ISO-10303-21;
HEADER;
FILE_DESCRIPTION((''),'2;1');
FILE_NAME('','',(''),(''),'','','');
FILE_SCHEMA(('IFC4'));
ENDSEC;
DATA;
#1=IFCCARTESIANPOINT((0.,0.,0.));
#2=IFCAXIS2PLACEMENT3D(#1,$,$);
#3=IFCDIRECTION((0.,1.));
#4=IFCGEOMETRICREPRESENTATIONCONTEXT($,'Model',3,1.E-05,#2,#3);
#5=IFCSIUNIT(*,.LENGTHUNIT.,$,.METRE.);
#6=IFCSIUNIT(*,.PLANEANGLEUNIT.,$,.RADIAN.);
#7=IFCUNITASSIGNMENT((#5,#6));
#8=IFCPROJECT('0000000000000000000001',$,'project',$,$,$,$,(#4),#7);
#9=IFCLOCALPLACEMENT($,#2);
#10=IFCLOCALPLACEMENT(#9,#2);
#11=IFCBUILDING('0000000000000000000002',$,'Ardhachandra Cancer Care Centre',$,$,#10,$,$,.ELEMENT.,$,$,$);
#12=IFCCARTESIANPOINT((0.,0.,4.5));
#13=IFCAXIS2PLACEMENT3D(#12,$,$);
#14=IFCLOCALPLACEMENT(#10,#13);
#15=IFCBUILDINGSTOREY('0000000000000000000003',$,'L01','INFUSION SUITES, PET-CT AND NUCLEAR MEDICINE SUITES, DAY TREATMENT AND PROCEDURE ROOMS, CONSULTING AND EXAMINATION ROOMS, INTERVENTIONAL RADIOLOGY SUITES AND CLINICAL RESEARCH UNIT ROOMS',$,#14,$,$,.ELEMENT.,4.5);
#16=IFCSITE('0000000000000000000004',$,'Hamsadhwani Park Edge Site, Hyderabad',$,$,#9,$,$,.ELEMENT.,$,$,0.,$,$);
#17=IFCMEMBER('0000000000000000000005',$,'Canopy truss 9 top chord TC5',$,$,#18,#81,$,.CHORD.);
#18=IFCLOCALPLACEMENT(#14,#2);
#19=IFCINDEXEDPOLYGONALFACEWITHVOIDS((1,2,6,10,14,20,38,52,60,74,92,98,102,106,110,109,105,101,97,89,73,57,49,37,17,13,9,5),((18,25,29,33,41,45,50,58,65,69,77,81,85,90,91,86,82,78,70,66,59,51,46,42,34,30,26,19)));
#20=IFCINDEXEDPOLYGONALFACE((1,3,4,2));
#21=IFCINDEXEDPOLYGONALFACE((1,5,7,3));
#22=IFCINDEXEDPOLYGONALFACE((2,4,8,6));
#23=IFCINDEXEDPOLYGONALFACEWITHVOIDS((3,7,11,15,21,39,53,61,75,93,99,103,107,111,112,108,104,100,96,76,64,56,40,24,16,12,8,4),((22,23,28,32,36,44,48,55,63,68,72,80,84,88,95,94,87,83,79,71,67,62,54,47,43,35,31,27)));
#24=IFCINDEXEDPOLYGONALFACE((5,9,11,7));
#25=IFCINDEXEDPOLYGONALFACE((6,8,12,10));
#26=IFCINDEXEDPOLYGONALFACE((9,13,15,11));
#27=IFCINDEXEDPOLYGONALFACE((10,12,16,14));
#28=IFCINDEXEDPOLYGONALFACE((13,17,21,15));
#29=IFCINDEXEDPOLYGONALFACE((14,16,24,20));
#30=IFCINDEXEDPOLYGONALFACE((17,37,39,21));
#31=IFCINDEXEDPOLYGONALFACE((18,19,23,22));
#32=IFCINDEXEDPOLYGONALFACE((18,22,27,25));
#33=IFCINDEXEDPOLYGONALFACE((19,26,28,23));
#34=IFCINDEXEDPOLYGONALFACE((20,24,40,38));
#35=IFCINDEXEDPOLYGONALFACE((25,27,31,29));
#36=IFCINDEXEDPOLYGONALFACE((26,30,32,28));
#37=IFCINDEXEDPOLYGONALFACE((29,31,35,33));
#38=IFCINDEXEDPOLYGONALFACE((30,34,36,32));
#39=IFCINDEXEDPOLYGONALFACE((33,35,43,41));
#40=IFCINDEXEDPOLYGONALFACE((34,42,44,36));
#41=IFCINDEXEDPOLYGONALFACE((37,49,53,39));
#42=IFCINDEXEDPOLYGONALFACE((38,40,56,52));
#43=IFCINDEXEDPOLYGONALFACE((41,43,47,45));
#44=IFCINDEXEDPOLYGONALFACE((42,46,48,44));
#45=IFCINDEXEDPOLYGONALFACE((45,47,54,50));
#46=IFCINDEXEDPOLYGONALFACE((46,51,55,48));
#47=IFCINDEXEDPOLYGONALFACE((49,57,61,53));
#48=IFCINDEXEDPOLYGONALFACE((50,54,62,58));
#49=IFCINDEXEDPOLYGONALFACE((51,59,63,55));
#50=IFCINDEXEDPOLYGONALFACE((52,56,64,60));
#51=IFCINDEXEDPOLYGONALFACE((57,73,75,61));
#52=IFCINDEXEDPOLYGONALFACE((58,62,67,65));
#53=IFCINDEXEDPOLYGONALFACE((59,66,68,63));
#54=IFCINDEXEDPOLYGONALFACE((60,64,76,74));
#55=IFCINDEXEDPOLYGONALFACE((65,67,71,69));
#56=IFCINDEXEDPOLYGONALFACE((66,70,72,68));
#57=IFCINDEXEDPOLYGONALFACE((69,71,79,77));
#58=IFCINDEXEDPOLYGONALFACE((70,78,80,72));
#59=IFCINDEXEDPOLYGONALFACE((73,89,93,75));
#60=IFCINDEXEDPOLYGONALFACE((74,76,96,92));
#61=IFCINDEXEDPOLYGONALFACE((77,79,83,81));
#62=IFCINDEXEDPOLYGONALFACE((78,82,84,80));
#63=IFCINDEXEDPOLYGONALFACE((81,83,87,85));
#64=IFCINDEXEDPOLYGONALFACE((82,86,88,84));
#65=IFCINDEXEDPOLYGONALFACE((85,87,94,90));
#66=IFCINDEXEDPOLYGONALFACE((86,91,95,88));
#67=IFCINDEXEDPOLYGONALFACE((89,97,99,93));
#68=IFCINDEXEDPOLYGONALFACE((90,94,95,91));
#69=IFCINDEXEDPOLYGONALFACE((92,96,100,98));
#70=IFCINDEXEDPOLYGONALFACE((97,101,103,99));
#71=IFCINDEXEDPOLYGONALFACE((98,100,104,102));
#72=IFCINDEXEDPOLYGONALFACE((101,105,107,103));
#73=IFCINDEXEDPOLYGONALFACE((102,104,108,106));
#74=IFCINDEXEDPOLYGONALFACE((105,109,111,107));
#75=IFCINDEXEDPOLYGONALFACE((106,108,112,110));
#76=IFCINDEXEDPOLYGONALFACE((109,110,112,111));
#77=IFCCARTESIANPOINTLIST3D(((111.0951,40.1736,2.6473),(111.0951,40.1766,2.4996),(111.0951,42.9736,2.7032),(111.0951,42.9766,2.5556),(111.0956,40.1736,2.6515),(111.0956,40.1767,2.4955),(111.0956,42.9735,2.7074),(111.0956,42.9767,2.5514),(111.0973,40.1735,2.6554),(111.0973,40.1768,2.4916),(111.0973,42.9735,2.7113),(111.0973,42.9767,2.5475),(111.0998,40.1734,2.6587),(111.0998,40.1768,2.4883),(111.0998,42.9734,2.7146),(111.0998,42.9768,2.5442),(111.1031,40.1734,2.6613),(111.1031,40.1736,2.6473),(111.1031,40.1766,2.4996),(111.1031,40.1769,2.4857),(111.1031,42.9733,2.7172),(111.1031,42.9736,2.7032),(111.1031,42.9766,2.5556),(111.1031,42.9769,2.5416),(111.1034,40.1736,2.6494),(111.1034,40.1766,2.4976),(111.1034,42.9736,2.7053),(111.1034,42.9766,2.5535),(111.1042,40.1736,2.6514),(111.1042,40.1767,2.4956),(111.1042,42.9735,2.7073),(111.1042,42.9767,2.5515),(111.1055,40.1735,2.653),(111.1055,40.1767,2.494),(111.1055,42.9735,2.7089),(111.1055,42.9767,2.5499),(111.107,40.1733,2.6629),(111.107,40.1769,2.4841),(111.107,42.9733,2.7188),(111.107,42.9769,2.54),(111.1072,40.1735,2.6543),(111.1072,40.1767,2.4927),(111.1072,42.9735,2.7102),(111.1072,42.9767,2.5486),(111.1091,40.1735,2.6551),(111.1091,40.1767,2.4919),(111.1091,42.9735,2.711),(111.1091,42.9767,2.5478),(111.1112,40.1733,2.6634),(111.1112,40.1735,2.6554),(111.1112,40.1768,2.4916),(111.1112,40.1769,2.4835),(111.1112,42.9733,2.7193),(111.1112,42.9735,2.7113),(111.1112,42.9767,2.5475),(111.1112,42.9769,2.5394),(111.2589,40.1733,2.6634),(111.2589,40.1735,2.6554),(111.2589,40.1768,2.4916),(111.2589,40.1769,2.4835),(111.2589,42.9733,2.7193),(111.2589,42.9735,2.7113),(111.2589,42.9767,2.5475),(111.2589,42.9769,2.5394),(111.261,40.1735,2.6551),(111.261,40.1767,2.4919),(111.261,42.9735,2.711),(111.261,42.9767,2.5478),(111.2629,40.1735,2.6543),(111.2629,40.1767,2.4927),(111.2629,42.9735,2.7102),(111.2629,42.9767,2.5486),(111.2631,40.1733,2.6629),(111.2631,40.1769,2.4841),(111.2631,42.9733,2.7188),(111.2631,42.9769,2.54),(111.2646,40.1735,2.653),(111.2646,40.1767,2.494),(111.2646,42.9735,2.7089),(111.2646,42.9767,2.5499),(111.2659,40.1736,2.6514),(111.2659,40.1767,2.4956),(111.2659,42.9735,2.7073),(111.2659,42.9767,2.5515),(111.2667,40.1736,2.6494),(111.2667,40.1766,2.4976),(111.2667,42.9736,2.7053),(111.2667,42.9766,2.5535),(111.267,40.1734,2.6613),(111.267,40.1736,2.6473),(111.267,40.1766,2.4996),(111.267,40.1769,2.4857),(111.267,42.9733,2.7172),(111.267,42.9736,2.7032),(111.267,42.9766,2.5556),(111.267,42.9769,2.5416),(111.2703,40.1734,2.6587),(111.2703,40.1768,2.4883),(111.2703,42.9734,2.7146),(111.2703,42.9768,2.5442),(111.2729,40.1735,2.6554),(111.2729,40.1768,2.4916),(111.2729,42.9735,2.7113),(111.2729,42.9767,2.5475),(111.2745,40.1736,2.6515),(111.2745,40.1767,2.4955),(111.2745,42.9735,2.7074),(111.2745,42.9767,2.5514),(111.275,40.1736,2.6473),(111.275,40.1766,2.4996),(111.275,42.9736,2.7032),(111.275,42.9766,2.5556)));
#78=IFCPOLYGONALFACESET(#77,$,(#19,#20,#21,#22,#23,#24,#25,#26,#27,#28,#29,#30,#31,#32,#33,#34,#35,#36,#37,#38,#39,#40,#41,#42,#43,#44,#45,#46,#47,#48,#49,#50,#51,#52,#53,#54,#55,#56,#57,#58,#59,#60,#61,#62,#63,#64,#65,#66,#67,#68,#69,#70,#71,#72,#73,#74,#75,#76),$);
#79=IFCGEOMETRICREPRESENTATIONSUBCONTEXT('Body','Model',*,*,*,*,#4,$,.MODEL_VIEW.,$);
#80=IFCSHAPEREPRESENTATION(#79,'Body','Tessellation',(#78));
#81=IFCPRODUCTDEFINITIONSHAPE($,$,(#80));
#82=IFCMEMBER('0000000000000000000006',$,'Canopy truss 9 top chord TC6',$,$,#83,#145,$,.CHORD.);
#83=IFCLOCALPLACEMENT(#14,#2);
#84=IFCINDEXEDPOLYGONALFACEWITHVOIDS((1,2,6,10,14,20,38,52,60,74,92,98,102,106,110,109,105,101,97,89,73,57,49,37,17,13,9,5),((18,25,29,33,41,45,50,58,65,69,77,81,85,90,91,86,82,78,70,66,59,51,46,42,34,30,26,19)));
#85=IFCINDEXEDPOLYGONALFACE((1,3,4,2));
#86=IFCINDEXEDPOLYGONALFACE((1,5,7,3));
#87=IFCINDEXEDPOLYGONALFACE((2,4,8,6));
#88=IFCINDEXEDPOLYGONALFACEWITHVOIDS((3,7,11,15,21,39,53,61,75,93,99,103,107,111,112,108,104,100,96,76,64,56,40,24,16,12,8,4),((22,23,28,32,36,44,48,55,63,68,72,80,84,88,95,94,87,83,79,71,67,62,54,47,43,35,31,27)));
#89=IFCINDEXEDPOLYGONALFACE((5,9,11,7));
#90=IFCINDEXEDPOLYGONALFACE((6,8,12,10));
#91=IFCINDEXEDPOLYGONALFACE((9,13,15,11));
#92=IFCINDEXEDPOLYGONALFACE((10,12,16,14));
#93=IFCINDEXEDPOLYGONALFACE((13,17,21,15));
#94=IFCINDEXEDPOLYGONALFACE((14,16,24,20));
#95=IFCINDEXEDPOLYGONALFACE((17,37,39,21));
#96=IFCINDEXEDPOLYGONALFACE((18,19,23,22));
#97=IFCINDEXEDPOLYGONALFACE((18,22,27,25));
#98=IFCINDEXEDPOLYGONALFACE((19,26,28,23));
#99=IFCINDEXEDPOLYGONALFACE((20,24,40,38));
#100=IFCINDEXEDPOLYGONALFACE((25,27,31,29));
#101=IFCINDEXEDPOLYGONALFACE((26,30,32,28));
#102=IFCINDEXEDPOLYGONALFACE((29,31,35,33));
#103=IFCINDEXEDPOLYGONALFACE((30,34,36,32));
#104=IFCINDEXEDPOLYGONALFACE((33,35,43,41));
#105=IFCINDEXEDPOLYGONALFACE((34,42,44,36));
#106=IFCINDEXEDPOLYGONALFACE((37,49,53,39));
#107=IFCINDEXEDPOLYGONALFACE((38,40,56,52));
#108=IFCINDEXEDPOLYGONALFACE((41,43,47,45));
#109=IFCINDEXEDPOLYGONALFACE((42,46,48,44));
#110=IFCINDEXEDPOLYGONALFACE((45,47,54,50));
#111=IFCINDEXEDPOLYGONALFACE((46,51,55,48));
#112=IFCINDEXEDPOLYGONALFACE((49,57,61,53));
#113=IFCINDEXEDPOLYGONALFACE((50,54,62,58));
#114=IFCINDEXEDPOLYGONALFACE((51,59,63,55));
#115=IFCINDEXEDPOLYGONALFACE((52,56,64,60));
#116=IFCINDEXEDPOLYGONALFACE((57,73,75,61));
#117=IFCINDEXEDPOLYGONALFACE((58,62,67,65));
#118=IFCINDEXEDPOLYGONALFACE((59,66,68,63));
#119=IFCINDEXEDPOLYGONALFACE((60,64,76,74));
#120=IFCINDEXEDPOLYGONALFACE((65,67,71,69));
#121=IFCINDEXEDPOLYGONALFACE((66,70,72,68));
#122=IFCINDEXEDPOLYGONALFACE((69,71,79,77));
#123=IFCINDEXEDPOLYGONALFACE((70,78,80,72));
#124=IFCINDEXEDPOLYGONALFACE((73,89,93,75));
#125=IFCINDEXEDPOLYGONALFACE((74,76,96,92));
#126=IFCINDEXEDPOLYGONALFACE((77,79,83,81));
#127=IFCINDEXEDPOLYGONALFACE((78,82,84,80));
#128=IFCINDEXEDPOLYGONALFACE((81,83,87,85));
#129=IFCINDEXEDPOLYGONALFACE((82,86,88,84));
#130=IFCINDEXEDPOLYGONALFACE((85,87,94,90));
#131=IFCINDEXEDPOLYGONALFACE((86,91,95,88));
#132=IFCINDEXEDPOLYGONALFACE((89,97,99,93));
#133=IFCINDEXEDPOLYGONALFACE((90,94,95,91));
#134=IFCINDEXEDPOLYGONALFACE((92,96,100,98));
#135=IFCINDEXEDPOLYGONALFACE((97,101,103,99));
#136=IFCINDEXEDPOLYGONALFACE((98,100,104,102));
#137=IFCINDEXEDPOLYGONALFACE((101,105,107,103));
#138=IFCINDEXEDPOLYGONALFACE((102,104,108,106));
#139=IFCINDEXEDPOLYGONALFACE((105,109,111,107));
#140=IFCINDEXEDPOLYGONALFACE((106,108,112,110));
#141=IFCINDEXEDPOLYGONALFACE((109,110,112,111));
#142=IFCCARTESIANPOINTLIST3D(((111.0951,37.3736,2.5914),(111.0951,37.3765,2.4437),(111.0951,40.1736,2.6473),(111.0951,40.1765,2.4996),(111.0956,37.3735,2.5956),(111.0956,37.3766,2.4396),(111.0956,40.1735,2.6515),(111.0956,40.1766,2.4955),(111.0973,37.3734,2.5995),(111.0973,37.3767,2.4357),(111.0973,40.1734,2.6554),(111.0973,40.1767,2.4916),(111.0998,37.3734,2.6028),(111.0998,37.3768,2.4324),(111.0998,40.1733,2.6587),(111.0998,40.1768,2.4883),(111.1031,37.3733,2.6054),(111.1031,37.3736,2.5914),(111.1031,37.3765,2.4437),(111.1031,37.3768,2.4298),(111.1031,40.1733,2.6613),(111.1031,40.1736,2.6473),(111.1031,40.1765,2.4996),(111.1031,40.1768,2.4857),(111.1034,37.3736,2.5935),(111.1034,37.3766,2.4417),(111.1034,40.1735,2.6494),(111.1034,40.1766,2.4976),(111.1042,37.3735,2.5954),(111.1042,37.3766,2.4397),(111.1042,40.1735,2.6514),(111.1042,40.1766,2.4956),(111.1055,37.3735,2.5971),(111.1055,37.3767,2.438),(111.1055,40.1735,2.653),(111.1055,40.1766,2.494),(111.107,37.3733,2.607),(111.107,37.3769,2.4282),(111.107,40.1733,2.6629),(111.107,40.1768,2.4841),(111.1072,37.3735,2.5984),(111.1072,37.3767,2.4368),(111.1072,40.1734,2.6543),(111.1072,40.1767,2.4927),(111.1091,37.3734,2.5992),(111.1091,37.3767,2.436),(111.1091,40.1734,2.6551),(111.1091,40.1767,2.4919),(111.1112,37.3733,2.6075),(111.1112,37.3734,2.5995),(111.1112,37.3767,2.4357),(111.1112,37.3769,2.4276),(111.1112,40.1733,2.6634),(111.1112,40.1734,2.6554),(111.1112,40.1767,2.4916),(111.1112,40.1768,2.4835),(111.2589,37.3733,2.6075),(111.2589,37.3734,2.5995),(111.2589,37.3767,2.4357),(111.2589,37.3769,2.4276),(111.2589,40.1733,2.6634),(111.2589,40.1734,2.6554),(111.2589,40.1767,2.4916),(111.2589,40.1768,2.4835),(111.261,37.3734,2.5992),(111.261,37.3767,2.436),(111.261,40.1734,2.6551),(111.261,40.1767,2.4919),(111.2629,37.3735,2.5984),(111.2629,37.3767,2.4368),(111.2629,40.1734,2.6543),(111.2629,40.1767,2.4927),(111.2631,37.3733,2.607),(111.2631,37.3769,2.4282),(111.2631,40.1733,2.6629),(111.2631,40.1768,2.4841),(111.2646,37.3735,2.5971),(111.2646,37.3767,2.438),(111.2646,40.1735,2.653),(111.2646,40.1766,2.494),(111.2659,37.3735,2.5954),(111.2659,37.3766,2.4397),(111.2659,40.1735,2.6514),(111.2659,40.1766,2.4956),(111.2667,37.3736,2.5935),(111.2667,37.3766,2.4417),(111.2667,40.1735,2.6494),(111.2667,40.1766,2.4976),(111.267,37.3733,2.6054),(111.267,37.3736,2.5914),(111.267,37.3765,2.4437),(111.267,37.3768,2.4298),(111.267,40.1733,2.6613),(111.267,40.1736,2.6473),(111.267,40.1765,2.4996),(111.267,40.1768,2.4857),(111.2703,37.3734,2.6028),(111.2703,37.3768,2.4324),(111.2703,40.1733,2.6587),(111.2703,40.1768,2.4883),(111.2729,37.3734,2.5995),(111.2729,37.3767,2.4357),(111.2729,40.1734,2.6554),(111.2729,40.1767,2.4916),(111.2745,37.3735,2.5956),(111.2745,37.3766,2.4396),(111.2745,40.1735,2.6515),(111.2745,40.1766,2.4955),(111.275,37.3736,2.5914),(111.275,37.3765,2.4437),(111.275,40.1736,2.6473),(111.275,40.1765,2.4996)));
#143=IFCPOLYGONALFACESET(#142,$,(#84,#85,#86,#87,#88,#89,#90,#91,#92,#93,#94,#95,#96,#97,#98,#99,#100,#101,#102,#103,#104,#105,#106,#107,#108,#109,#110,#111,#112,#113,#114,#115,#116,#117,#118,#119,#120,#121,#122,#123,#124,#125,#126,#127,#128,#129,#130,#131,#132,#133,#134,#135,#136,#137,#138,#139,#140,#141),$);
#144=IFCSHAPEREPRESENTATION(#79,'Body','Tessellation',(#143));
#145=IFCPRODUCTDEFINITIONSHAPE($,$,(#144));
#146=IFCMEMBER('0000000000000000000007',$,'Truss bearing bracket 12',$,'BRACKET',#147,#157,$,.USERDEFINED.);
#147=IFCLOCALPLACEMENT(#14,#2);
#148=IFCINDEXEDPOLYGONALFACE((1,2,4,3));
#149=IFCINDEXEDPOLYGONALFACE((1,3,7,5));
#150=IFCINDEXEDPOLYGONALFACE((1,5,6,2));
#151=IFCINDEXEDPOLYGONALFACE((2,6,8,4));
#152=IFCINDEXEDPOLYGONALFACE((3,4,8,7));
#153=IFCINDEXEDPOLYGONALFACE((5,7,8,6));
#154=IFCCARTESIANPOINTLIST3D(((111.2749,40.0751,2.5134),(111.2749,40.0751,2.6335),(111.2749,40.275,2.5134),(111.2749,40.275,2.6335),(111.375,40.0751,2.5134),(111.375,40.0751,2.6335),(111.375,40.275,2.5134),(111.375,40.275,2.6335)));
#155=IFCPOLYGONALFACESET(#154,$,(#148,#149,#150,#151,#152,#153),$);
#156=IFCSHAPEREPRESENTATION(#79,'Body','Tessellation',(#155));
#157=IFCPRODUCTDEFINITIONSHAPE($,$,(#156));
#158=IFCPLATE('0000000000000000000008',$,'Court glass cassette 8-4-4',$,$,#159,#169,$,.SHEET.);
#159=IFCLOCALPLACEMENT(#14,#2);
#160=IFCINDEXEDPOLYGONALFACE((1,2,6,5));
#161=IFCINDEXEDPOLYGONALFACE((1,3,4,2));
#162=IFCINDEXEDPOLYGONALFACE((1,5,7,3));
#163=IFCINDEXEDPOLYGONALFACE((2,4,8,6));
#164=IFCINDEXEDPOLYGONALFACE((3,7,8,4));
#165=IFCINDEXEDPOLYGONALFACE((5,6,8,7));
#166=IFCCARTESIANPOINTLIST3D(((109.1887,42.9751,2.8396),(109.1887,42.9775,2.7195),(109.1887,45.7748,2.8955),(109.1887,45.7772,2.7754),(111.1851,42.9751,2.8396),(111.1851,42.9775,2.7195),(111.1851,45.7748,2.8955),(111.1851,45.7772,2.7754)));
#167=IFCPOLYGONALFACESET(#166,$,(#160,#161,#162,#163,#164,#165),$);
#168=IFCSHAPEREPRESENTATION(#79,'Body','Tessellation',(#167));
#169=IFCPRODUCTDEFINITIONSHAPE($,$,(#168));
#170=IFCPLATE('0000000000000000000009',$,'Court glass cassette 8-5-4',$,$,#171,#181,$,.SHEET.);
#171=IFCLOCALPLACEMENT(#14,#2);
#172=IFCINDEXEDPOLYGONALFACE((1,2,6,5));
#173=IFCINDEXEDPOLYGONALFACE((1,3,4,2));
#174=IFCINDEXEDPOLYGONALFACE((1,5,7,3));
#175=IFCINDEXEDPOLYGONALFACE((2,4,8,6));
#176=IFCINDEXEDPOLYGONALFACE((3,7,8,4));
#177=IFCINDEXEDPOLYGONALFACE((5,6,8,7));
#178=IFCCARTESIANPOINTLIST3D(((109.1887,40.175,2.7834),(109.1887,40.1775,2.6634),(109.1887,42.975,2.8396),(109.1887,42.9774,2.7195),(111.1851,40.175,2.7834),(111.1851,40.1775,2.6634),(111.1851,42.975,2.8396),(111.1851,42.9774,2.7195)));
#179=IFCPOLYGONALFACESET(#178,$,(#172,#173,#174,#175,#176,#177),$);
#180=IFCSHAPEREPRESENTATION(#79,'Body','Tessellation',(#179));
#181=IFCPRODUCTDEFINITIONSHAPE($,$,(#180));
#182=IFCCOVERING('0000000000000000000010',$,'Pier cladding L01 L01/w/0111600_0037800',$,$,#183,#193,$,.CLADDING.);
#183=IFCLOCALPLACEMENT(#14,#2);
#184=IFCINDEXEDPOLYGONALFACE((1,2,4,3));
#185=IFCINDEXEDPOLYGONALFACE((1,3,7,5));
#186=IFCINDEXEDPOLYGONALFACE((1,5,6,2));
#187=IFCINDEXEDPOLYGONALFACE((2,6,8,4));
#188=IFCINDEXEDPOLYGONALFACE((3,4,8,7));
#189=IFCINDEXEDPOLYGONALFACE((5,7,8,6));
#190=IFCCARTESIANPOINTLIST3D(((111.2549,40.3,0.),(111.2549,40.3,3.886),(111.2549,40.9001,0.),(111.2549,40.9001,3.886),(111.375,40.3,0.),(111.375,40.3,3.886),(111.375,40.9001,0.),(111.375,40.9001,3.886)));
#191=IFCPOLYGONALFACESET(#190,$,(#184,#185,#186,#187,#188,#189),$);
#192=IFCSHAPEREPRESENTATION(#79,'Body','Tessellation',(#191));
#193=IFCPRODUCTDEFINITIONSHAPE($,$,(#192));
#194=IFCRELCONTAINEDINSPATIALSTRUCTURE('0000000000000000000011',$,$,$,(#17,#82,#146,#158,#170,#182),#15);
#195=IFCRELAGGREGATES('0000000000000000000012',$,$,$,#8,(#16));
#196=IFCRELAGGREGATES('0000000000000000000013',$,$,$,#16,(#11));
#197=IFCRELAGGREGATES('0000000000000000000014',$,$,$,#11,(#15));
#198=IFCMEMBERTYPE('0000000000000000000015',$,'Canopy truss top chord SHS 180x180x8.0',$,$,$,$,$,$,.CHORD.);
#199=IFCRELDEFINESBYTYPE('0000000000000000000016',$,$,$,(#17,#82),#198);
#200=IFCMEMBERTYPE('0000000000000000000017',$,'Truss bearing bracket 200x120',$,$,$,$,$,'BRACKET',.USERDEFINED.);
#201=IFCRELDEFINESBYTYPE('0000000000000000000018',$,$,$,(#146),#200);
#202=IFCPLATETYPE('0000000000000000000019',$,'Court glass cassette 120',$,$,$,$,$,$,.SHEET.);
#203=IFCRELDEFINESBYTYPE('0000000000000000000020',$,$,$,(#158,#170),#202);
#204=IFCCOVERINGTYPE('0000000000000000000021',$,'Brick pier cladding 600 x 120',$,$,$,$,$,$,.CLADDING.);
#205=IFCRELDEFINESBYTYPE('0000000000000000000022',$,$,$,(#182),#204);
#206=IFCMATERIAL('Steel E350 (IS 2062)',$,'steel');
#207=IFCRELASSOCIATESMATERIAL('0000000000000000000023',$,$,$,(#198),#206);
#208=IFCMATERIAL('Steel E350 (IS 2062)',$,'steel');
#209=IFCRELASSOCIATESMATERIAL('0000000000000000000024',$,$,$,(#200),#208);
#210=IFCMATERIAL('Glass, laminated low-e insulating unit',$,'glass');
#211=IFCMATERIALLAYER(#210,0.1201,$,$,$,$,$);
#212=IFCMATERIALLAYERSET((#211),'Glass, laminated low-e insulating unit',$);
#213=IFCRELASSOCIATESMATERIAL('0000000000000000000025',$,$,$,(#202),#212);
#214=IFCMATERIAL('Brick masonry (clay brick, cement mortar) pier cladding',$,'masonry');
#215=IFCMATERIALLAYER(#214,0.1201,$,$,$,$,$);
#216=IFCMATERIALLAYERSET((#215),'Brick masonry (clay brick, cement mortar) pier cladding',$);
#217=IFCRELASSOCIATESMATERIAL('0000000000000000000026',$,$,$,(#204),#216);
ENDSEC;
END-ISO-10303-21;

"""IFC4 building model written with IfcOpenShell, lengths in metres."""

from ifc_helpers import new_model, si_unit, direction, frame, origin, origin_2d, place, context, subcontext, project, spatial, polyline, rectangle, hollow_rectangle, outline, extrude, material, layer, layer_set, material_profile, profile_set, type_object, element, save


model = new_model("IFC4")

# Units and contexts
model_context = context("Model", 3, precision=1e-05, world=origin(), true_north=direction((0.0, 1.0)))
body_context = subcontext(model_context, "Body", "Model", "MODEL_VIEW")
ifc_project = project(units=[si_unit("LENGTHUNIT", "METRE"), si_unit("PLANEANGLEUNIT", "RADIAN")], contexts=[model_context])

# Site, building, storey
site_placement = place(None, origin())
site = spatial("IfcSite", under=ifc_project, at=site_placement, Name="Hamsadhwani Park Edge Site, Hyderabad", CompositionType="ELEMENT", RefElevation=0.0)
building_placement = place(site_placement, origin())
building = spatial("IfcBuilding", under=site, at=building_placement, Name="Ardhachandra Cancer Care Centre", CompositionType="ELEMENT")
storey_placement = place(building_placement, frame((0.0, 0.0, 4.5)))
storey = spatial("IfcBuildingStorey", under=building, at=storey_placement, Name="L01", Description="INFUSION SUITES, PET-CT AND NUCLEAR MEDICINE SUITES, DAY TREATMENT AND PROCEDURE ROOMS, CONSULTING AND EXAMINATION ROOMS, INTERVENTIONAL RADIOLOGY SUITES AND CLINICAL RESEARCH UNIT ROOMS", CompositionType="ELEMENT", Elevation=4.5)

# Members
ifc_material_1 = material(Name="Steel E350 (IS 2062)", Category="steel")
ifc_material_profile_1 = material_profile(ifc_material_1, hollow_rectangle(XDim=0.1799, YDim=0.1799, WallThickness=0.0081, InnerFilletRadius=0.0081, OuterFilletRadius=0.0161, at=origin_2d()), Name="SHS 180x180x8.0")
ifc_profile_set_1 = profile_set([ifc_material_profile_1], Name="Steel E350 (IS 2062)")
member_type_1 = type_object("IfcMemberType", Name="Canopy truss top chord SHS 180x180x8.0", PredefinedType="CHORD", material=ifc_profile_set_1)
for number, where, z_axis, x_axis, name in (
    (1, (111.1851, 42.9751, 2.6294), (0.0, -0.999801, -0.019963), (1.0, 0.0, 0.0), "Canopy truss 9 top chord TC5"),
    (2, (111.1851, 40.175, 2.5735), (0.0, -0.999801, -0.019963), (1.0, 0.0, 0.0), "Canopy truss 9 top chord TC6"),
):
    element("IfcMember", number, at=place(storey_placement, frame(where, z_axis=z_axis, x_axis=x_axis)), inside=storey, type_object=member_type_1, Name=name, PredefinedType="CHORD", context=body_context, shape_type="SweptSolid", body=[
        extrude(hollow_rectangle(XDim=0.1799, YDim=0.1799, WallThickness=0.0081, InnerFilletRadius=0.0081, OuterFilletRadius=0.0161, at=origin_2d()), origin(), (0.0, 0.0, 1.0), 2.8005),
    ])
ifc_material_2 = material(Name="Steel E350 (IS 2062)", Category="steel")
ifc_material_profile_2 = material_profile(ifc_material_2, rectangle(XDim=0.2, YDim=0.1201, at=origin_2d()), Name="PL 200x120")
ifc_profile_set_2 = profile_set([ifc_material_profile_2], Name="Steel E350 (IS 2062)")
member_type_2 = type_object("IfcMemberType", Name="Truss bearing bracket 200x120", ElementType="BRACKET", PredefinedType="USERDEFINED", material=ifc_profile_set_2)
member_1_placement = place(storey_placement, frame((111.2749, 40.175, 2.5735), z_axis=(1.0, 0.0, 0.0), x_axis=(0.0, 1.0, 0.0)))
element("IfcMember", 3, at=member_1_placement, inside=storey, type_object=member_type_2, Name="Truss bearing bracket 12", ObjectType="BRACKET", PredefinedType="USERDEFINED", context=body_context, shape_type="SweptSolid", body=[
    extrude(rectangle(XDim=0.2, YDim=0.1201, at=origin_2d()), origin(), (0.0, 0.0, 1.0), 0.1001),
])

# Plates
ifc_material_3 = material(Name="Glass, laminated low-e insulating unit", Category="glass")
ifc_layer_1 = layer(ifc_material_3, 0.1201)
ifc_layer_set_1 = layer_set([ifc_layer_1], Name="Glass, laminated low-e insulating unit")
plate_type = type_object("IfcPlateType", Name="Court glass cassette 120", PredefinedType="SHEET", material=ifc_layer_set_1)
plate_1_placement = place(storey_placement, frame((111.1851, 42.9751, 2.8396), z_axis=(0.0, -0.019965, 0.999801), x_axis=(-1.0, 0.0, 0.0)))
element("IfcPlate", 4, at=plate_1_placement, inside=storey, type_object=plate_type, Name="Court glass cassette 8-4-4", PredefinedType="SHEET", context=body_context, shape_type="SweptSolid", body=[
    extrude(outline(polyline([(0.0, -2.8003), (1.9963, -2.8003), (1.9963, 0.0), (0.0, 0.0), (0.0, -2.8003)])), frame((0.0, 0.0, -0.1201)), (0.0, 0.0, 1.0), 0.1201),
])
plate_2_placement = place(storey_placement, frame((111.1851, 40.175, 2.7834), z_axis=(0.0, -0.02005, 0.999799), x_axis=(-1.0, 0.0, 0.0)))
element("IfcPlate", 5, at=plate_2_placement, inside=storey, type_object=plate_type, Name="Court glass cassette 8-5-4", PredefinedType="SHEET", context=body_context, shape_type="SweptSolid", body=[
    extrude(outline(polyline([(0.0, -2.8005), (1.9963, -2.8005), (1.9963, 0.0), (0.0, 0.0), (0.0, -2.8005)])), frame((0.0, 0.0, -0.1201)), (0.0, 0.0, 1.0), 0.1201),
])

# Covering
ifc_material_4 = material(Name="Brick masonry (clay brick, cement mortar) pier cladding", Category="masonry")
ifc_layer_2 = layer(ifc_material_4, 0.1201)
ifc_layer_set_2 = layer_set([ifc_layer_2], Name="Brick masonry (clay brick, cement mortar) pier cladding")
covering_type = type_object("IfcCoveringType", Name="Brick pier cladding 600 x 120", PredefinedType="CLADDING", material=ifc_layer_set_2)
covering_placement = place(storey_placement, frame((111.3149, 40.6001, 0.0), z_axis=(0.0, 0.0, 1.0), x_axis=(0.0, 1.0, 0.0)))
element("IfcCovering", 6, at=covering_placement, inside=storey, type_object=covering_type, Name="Pier cladding L01 L01/w/0111600_0037800", PredefinedType="CLADDING", context=body_context, shape_type="SweptSolid", body=[
    extrude(rectangle(XDim=0.6001, YDim=0.1201, at=origin_2d()), origin(), (0.0, 0.0, 1.0), 3.886),
])

save(model, "model.ifc")
